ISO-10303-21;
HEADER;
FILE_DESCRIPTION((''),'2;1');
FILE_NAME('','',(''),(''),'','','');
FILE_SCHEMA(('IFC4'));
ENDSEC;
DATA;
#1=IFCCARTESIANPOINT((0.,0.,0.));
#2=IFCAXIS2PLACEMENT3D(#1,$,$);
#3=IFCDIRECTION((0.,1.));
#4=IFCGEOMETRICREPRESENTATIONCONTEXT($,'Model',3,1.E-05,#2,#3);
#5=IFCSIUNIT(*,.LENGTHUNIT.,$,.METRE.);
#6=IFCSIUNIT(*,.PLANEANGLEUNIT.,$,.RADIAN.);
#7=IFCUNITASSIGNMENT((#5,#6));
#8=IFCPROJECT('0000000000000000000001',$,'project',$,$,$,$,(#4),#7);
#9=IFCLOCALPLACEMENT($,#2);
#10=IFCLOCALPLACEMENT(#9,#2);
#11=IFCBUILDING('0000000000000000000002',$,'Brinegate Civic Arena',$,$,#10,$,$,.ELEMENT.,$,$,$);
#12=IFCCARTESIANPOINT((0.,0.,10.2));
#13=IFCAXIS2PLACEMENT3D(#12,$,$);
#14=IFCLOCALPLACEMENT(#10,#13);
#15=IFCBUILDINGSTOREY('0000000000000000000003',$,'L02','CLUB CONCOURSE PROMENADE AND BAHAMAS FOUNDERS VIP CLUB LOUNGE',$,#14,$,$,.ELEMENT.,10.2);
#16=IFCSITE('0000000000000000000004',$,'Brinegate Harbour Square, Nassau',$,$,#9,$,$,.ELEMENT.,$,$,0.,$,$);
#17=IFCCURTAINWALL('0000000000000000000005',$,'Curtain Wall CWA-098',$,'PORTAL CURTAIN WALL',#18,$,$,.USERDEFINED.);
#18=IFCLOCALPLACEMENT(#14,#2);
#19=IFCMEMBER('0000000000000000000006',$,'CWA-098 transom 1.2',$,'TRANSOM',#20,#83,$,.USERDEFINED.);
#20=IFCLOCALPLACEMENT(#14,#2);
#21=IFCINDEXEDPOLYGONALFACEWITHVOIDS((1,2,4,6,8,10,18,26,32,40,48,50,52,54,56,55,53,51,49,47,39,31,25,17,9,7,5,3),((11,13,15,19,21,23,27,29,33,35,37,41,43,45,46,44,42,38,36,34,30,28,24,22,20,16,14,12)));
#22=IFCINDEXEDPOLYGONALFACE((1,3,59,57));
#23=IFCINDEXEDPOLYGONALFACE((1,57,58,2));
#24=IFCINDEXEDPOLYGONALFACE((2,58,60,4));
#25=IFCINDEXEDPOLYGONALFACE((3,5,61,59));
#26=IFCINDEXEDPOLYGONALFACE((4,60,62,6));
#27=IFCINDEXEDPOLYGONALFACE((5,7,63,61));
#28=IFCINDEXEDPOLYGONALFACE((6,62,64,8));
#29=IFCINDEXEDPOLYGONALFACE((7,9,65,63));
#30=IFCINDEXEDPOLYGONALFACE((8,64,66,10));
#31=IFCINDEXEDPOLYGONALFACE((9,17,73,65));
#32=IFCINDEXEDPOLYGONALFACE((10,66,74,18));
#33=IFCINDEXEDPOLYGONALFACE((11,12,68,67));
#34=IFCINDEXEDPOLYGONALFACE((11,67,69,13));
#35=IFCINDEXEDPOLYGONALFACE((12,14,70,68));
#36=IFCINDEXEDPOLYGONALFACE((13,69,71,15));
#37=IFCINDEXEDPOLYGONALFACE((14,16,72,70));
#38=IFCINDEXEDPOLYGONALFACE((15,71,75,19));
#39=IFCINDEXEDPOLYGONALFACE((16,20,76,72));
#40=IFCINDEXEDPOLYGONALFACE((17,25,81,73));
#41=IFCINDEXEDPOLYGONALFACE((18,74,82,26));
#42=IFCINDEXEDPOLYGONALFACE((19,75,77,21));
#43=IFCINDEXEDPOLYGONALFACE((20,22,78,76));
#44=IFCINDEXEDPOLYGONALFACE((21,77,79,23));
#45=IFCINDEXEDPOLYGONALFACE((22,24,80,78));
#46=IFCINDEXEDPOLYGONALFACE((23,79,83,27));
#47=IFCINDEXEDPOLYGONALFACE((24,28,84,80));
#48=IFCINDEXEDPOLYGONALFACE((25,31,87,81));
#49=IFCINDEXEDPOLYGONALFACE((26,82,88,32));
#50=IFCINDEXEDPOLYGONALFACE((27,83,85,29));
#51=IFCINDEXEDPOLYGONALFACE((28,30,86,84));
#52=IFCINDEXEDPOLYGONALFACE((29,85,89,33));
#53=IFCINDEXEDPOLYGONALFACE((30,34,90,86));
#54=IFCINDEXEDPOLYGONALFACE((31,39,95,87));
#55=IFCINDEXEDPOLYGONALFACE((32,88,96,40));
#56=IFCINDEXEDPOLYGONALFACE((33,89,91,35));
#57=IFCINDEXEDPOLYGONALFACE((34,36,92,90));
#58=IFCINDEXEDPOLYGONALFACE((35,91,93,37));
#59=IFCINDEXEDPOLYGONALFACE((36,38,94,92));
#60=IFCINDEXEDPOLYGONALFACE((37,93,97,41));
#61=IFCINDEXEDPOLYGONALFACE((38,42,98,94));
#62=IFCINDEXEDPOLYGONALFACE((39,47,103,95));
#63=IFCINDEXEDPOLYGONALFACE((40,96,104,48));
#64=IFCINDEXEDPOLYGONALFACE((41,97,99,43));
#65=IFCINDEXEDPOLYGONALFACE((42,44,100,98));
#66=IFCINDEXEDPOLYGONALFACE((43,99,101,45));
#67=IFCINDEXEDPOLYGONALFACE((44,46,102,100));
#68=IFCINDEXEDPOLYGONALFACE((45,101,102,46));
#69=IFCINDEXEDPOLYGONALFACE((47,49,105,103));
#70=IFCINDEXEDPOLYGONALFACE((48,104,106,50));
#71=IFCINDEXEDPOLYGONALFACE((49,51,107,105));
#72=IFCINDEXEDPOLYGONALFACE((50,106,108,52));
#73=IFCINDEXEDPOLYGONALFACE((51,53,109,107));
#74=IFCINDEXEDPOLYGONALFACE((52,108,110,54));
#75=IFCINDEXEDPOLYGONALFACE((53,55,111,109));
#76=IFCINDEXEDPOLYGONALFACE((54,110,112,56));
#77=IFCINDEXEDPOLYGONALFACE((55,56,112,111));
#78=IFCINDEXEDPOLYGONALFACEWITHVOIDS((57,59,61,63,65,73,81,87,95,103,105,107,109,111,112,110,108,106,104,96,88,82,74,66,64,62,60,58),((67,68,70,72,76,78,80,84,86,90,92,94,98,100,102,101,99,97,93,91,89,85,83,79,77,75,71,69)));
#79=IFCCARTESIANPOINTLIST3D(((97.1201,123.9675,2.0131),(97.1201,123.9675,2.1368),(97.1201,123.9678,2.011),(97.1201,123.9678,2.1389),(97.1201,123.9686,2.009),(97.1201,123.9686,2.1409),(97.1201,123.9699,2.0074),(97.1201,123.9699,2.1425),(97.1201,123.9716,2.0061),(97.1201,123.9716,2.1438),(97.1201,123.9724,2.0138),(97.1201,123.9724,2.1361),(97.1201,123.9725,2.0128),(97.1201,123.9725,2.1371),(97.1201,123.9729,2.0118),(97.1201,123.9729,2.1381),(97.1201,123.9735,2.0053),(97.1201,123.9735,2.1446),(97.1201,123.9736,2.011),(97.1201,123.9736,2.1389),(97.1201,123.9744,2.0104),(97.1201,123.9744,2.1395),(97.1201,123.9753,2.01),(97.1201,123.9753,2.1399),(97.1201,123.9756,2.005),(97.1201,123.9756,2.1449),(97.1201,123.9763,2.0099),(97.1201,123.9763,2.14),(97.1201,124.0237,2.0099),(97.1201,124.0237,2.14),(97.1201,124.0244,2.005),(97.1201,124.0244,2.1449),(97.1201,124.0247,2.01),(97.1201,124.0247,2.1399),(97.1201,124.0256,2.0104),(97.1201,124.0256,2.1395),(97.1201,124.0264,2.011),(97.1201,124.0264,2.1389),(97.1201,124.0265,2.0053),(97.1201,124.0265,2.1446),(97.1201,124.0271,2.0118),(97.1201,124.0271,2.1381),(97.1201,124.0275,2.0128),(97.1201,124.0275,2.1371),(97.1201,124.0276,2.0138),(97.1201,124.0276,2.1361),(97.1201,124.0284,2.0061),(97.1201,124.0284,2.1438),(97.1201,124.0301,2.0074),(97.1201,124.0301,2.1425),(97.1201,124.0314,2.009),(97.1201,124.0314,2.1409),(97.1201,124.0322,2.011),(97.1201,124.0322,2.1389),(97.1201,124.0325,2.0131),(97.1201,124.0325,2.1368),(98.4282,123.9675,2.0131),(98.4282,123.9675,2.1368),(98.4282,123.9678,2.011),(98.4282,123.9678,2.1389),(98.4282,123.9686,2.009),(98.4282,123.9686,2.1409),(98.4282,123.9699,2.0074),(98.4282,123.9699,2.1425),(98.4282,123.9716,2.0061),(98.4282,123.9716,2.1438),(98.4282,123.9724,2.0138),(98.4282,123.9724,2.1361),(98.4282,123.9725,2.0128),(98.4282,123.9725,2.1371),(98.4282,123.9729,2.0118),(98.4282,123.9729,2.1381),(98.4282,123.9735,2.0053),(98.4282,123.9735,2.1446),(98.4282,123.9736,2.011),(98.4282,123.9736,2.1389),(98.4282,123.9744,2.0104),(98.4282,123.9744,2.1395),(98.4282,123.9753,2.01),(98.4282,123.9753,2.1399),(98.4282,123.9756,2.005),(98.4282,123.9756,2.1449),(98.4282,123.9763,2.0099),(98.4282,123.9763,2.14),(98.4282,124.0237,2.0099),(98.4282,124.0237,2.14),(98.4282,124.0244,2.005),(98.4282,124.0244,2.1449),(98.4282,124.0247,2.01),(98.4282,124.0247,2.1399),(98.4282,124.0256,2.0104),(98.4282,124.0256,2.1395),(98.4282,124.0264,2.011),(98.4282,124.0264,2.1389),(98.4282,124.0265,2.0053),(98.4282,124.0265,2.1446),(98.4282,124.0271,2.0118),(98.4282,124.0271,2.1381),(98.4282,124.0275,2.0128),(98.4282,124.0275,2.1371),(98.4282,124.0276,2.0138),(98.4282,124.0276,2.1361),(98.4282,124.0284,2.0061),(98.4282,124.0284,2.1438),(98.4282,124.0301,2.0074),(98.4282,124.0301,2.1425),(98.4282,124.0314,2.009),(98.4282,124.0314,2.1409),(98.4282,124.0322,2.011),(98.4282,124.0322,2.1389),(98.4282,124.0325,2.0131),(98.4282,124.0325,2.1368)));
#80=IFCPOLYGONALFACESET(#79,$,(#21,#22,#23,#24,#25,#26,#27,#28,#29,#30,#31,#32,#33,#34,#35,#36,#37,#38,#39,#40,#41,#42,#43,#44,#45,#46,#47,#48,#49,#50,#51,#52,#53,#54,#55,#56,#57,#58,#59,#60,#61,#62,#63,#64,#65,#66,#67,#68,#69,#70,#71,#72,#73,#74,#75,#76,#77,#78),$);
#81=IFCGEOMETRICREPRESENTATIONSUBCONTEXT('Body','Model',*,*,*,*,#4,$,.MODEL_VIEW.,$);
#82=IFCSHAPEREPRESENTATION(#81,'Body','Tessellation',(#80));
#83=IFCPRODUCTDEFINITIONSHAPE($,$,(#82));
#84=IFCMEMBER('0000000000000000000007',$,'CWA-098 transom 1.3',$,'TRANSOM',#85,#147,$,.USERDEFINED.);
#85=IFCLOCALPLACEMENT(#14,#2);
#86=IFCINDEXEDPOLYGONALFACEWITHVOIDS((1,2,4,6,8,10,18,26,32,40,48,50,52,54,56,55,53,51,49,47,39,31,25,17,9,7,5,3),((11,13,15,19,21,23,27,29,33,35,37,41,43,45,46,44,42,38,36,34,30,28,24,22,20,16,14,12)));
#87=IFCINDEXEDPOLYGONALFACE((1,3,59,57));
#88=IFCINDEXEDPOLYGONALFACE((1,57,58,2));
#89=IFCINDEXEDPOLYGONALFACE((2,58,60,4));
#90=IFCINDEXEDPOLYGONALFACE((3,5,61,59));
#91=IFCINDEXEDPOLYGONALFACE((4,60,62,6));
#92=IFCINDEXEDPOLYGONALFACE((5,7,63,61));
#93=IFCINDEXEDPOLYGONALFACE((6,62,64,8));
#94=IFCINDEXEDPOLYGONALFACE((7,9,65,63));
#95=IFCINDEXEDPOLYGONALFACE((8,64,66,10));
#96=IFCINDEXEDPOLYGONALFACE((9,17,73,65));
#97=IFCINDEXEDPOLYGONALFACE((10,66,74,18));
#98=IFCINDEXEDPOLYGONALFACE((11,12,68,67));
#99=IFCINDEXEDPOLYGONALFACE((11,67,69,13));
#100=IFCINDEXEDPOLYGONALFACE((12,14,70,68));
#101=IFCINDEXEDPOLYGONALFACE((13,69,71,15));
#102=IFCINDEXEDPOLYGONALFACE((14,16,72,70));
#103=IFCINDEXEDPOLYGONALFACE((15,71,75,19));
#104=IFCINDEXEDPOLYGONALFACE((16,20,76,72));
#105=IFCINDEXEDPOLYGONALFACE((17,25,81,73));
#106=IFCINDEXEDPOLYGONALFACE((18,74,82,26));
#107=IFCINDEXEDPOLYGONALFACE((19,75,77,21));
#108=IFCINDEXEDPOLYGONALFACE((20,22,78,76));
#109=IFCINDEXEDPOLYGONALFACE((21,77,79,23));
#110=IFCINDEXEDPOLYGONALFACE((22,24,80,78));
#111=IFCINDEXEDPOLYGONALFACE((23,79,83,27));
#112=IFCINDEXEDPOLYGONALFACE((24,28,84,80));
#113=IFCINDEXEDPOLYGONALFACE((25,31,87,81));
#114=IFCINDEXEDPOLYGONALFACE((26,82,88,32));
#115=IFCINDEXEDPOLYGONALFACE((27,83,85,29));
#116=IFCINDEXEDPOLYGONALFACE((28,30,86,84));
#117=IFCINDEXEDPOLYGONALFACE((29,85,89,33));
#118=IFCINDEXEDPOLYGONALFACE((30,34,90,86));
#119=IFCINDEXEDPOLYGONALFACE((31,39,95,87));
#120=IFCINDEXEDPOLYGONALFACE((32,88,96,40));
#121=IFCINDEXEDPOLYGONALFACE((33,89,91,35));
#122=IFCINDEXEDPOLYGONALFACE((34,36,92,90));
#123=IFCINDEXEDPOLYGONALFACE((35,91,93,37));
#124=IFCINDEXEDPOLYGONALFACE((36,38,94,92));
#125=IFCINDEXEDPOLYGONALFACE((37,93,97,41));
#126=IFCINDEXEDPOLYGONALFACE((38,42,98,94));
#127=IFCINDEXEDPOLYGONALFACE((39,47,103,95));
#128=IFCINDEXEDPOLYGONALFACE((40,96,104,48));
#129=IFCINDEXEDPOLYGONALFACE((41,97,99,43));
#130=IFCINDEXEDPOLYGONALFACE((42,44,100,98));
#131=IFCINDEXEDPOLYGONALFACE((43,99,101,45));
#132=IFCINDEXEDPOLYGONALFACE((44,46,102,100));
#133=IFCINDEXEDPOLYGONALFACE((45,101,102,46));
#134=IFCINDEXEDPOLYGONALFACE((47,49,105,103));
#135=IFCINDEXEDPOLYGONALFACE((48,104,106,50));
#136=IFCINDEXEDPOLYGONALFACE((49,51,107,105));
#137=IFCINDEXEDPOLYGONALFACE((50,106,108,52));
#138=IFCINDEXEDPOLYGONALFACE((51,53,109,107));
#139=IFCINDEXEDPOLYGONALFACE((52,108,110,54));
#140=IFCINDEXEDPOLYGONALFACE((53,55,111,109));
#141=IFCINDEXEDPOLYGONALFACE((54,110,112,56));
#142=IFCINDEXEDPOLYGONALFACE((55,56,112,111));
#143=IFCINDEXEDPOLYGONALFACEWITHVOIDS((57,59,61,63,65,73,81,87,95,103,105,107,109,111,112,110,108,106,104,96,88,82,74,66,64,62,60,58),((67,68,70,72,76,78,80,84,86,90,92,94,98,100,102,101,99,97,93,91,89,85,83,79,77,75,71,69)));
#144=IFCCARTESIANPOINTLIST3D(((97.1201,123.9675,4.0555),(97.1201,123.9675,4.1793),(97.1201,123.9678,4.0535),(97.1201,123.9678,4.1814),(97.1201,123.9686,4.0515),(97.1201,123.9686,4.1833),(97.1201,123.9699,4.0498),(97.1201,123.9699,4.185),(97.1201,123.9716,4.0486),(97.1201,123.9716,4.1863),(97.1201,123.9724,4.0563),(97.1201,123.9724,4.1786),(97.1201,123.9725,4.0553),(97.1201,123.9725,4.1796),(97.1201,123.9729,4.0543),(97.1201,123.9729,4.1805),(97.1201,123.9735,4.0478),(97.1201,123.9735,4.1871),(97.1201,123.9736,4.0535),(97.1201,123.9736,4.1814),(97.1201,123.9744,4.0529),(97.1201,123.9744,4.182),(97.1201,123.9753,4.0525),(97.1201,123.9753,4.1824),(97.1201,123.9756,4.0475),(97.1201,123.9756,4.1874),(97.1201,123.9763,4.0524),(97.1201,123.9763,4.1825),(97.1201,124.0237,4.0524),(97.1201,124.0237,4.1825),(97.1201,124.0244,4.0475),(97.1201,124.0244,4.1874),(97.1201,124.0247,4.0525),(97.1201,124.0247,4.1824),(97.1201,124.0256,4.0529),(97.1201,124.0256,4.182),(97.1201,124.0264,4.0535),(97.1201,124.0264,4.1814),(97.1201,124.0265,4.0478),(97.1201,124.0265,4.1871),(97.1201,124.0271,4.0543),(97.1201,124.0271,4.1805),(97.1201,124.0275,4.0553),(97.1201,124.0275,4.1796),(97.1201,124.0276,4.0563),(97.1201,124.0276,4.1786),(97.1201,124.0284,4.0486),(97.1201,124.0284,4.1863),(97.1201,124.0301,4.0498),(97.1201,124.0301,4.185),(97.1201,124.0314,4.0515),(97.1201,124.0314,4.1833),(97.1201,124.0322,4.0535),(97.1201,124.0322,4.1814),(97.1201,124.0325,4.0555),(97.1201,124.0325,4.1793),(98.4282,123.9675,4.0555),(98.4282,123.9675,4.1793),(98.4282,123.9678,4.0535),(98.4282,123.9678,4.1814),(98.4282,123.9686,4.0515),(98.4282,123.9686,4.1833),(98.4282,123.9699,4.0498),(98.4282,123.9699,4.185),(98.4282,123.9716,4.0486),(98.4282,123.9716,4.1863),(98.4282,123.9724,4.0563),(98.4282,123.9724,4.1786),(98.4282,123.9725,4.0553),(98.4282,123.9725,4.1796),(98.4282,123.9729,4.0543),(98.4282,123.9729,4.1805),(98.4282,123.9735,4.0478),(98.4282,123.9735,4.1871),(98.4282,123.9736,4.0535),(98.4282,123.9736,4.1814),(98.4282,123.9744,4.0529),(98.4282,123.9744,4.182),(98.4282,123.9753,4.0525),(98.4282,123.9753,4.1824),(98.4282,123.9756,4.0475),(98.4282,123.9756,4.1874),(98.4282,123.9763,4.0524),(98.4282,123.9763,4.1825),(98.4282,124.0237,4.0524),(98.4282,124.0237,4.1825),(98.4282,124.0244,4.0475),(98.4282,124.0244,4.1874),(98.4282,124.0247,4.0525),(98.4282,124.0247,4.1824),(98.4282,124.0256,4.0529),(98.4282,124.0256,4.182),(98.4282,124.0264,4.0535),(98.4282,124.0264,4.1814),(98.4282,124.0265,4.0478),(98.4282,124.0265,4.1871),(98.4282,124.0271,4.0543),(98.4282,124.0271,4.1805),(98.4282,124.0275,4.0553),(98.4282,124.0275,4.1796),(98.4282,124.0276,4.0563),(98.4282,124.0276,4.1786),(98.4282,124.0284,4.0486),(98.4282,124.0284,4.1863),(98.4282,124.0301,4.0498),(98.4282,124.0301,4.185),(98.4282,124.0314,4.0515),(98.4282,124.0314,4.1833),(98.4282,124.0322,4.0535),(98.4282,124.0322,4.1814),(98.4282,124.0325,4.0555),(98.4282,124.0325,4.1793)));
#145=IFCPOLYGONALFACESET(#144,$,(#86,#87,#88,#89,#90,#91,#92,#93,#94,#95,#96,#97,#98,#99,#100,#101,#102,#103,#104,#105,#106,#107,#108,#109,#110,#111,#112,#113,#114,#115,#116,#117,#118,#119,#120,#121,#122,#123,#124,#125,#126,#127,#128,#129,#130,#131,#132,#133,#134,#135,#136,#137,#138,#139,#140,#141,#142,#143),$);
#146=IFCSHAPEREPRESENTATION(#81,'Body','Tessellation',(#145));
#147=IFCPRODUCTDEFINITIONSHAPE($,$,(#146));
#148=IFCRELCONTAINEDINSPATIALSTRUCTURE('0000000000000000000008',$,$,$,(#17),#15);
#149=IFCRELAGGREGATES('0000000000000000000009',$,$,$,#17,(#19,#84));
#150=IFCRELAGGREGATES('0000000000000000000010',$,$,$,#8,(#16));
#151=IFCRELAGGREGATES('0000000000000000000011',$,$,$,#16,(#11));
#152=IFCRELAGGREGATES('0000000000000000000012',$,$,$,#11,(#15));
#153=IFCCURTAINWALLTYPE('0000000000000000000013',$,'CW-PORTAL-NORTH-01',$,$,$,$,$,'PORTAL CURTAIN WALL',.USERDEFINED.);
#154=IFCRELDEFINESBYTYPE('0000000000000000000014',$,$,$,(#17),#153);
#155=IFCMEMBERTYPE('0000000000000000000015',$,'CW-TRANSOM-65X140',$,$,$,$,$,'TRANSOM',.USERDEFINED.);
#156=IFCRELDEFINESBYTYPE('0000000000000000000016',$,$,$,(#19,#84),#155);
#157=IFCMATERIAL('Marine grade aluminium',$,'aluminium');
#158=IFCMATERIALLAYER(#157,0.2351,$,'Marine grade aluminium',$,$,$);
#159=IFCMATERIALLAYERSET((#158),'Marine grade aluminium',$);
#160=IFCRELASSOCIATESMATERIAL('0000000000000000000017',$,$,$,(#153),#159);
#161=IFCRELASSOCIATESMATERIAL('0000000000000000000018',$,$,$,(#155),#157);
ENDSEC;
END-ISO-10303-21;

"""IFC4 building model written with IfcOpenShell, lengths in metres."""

from ifc_helpers import new_model, si_unit, direction, frame, origin, origin_2d, place, context, subcontext, project, spatial, hollow_rectangle, extrude, material, layer, layer_set, material_profile, profile_set, type_object, element, aggregate, save


model = new_model("IFC4")

# Units and contexts
model_context = context("Model", 3, precision=1e-05, world=origin(), true_north=direction((0.0, 1.0)))
body_context = subcontext(model_context, "Body", "Model", "MODEL_VIEW")
ifc_project = project(units=[si_unit("LENGTHUNIT", "METRE"), si_unit("PLANEANGLEUNIT", "RADIAN")], contexts=[model_context])

# Site, building, storey
site_placement = place(None, origin())
site = spatial("IfcSite", under=ifc_project, at=site_placement, Name="Brinegate Harbour Square, Nassau", CompositionType="ELEMENT", RefElevation=0.0)
building_placement = place(site_placement, origin())
building = spatial("IfcBuilding", under=site, at=building_placement, Name="Brinegate Civic Arena", CompositionType="ELEMENT")
storey_placement = place(building_placement, frame((0.0, 0.0, 10.2)))
storey = spatial("IfcBuildingStorey", under=building, at=storey_placement, Name="L02", Description="CLUB CONCOURSE PROMENADE AND BAHAMAS FOUNDERS VIP CLUB LOUNGE", CompositionType="ELEMENT", Elevation=10.2)

# Curtain wall, members
ifc_material_1 = material(Name="Marine grade aluminium", Category="aluminium")
ifc_layer_1 = layer(ifc_material_1, 0.2351, Name="Marine grade aluminium")
ifc_layer_set_1 = layer_set([ifc_layer_1], Name="Marine grade aluminium")
curtain_wall_type = type_object("IfcCurtainWallType", Name="CW-PORTAL-NORTH-01", ElementType="PORTAL CURTAIN WALL", PredefinedType="USERDEFINED", material=ifc_layer_set_1)
curtain_wall_1_placement = place(storey_placement, origin())
curtain_wall_1 = element("IfcCurtainWall", 1, at=curtain_wall_1_placement, inside=storey, type_object=curtain_wall_type, Name="Curtain Wall CWA-098", ObjectType="PORTAL CURTAIN WALL", PredefinedType="USERDEFINED")
ifc_material_profile_1 = material_profile(ifc_material_1, hollow_rectangle(XDim=0.0649, YDim=0.1399, WallThickness=0.0049, InnerFilletRadius=0.0039, OuterFilletRadius=0.0081, at=origin_2d()), Name="TRN65X140")
ifc_profile_set_1 = profile_set([ifc_material_profile_1], Name="Marine grade aluminium")
member_type_1 = type_object("IfcMemberType", Name="CW-TRANSOM-65X140", ElementType="TRANSOM", PredefinedType="USERDEFINED", material=ifc_profile_set_1)
member_1_placement = place(storey_placement, frame((97.1201, 124.0, 2.075), z_axis=(1.0, 0.0, 0.0), x_axis=(0.0, 1.0, 0.0)))
member_1 = element("IfcMember", 2, at=member_1_placement, type_object=member_type_1, Name="CWA-098 transom 1.2", ObjectType="TRANSOM", PredefinedType="USERDEFINED", context=body_context, shape_type="SweptSolid", body=[
    extrude(hollow_rectangle(XDim=0.0649, YDim=0.1399, WallThickness=0.0049, InnerFilletRadius=0.0039, OuterFilletRadius=0.0081, at=origin_2d()), origin(), (0.0, 0.0, 1.0), 1.3081),
])
member_2_placement = place(storey_placement, frame((97.1201, 124.0, 4.1174), z_axis=(1.0, 0.0, 0.0), x_axis=(0.0, 1.0, 0.0)))
member_2 = element("IfcMember", 3, at=member_2_placement, type_object=member_type_1, Name="CWA-098 transom 1.3", ObjectType="TRANSOM", PredefinedType="USERDEFINED", context=body_context, shape_type="SweptSolid", body=[
    extrude(hollow_rectangle(XDim=0.0649, YDim=0.1399, WallThickness=0.0049, InnerFilletRadius=0.0039, OuterFilletRadius=0.0081, at=origin_2d()), origin(), (0.0, 0.0, 1.0), 1.3081),
])

aggregate(curtain_wall_1, [member_1, member_2])

save(model, "model.ifc")
